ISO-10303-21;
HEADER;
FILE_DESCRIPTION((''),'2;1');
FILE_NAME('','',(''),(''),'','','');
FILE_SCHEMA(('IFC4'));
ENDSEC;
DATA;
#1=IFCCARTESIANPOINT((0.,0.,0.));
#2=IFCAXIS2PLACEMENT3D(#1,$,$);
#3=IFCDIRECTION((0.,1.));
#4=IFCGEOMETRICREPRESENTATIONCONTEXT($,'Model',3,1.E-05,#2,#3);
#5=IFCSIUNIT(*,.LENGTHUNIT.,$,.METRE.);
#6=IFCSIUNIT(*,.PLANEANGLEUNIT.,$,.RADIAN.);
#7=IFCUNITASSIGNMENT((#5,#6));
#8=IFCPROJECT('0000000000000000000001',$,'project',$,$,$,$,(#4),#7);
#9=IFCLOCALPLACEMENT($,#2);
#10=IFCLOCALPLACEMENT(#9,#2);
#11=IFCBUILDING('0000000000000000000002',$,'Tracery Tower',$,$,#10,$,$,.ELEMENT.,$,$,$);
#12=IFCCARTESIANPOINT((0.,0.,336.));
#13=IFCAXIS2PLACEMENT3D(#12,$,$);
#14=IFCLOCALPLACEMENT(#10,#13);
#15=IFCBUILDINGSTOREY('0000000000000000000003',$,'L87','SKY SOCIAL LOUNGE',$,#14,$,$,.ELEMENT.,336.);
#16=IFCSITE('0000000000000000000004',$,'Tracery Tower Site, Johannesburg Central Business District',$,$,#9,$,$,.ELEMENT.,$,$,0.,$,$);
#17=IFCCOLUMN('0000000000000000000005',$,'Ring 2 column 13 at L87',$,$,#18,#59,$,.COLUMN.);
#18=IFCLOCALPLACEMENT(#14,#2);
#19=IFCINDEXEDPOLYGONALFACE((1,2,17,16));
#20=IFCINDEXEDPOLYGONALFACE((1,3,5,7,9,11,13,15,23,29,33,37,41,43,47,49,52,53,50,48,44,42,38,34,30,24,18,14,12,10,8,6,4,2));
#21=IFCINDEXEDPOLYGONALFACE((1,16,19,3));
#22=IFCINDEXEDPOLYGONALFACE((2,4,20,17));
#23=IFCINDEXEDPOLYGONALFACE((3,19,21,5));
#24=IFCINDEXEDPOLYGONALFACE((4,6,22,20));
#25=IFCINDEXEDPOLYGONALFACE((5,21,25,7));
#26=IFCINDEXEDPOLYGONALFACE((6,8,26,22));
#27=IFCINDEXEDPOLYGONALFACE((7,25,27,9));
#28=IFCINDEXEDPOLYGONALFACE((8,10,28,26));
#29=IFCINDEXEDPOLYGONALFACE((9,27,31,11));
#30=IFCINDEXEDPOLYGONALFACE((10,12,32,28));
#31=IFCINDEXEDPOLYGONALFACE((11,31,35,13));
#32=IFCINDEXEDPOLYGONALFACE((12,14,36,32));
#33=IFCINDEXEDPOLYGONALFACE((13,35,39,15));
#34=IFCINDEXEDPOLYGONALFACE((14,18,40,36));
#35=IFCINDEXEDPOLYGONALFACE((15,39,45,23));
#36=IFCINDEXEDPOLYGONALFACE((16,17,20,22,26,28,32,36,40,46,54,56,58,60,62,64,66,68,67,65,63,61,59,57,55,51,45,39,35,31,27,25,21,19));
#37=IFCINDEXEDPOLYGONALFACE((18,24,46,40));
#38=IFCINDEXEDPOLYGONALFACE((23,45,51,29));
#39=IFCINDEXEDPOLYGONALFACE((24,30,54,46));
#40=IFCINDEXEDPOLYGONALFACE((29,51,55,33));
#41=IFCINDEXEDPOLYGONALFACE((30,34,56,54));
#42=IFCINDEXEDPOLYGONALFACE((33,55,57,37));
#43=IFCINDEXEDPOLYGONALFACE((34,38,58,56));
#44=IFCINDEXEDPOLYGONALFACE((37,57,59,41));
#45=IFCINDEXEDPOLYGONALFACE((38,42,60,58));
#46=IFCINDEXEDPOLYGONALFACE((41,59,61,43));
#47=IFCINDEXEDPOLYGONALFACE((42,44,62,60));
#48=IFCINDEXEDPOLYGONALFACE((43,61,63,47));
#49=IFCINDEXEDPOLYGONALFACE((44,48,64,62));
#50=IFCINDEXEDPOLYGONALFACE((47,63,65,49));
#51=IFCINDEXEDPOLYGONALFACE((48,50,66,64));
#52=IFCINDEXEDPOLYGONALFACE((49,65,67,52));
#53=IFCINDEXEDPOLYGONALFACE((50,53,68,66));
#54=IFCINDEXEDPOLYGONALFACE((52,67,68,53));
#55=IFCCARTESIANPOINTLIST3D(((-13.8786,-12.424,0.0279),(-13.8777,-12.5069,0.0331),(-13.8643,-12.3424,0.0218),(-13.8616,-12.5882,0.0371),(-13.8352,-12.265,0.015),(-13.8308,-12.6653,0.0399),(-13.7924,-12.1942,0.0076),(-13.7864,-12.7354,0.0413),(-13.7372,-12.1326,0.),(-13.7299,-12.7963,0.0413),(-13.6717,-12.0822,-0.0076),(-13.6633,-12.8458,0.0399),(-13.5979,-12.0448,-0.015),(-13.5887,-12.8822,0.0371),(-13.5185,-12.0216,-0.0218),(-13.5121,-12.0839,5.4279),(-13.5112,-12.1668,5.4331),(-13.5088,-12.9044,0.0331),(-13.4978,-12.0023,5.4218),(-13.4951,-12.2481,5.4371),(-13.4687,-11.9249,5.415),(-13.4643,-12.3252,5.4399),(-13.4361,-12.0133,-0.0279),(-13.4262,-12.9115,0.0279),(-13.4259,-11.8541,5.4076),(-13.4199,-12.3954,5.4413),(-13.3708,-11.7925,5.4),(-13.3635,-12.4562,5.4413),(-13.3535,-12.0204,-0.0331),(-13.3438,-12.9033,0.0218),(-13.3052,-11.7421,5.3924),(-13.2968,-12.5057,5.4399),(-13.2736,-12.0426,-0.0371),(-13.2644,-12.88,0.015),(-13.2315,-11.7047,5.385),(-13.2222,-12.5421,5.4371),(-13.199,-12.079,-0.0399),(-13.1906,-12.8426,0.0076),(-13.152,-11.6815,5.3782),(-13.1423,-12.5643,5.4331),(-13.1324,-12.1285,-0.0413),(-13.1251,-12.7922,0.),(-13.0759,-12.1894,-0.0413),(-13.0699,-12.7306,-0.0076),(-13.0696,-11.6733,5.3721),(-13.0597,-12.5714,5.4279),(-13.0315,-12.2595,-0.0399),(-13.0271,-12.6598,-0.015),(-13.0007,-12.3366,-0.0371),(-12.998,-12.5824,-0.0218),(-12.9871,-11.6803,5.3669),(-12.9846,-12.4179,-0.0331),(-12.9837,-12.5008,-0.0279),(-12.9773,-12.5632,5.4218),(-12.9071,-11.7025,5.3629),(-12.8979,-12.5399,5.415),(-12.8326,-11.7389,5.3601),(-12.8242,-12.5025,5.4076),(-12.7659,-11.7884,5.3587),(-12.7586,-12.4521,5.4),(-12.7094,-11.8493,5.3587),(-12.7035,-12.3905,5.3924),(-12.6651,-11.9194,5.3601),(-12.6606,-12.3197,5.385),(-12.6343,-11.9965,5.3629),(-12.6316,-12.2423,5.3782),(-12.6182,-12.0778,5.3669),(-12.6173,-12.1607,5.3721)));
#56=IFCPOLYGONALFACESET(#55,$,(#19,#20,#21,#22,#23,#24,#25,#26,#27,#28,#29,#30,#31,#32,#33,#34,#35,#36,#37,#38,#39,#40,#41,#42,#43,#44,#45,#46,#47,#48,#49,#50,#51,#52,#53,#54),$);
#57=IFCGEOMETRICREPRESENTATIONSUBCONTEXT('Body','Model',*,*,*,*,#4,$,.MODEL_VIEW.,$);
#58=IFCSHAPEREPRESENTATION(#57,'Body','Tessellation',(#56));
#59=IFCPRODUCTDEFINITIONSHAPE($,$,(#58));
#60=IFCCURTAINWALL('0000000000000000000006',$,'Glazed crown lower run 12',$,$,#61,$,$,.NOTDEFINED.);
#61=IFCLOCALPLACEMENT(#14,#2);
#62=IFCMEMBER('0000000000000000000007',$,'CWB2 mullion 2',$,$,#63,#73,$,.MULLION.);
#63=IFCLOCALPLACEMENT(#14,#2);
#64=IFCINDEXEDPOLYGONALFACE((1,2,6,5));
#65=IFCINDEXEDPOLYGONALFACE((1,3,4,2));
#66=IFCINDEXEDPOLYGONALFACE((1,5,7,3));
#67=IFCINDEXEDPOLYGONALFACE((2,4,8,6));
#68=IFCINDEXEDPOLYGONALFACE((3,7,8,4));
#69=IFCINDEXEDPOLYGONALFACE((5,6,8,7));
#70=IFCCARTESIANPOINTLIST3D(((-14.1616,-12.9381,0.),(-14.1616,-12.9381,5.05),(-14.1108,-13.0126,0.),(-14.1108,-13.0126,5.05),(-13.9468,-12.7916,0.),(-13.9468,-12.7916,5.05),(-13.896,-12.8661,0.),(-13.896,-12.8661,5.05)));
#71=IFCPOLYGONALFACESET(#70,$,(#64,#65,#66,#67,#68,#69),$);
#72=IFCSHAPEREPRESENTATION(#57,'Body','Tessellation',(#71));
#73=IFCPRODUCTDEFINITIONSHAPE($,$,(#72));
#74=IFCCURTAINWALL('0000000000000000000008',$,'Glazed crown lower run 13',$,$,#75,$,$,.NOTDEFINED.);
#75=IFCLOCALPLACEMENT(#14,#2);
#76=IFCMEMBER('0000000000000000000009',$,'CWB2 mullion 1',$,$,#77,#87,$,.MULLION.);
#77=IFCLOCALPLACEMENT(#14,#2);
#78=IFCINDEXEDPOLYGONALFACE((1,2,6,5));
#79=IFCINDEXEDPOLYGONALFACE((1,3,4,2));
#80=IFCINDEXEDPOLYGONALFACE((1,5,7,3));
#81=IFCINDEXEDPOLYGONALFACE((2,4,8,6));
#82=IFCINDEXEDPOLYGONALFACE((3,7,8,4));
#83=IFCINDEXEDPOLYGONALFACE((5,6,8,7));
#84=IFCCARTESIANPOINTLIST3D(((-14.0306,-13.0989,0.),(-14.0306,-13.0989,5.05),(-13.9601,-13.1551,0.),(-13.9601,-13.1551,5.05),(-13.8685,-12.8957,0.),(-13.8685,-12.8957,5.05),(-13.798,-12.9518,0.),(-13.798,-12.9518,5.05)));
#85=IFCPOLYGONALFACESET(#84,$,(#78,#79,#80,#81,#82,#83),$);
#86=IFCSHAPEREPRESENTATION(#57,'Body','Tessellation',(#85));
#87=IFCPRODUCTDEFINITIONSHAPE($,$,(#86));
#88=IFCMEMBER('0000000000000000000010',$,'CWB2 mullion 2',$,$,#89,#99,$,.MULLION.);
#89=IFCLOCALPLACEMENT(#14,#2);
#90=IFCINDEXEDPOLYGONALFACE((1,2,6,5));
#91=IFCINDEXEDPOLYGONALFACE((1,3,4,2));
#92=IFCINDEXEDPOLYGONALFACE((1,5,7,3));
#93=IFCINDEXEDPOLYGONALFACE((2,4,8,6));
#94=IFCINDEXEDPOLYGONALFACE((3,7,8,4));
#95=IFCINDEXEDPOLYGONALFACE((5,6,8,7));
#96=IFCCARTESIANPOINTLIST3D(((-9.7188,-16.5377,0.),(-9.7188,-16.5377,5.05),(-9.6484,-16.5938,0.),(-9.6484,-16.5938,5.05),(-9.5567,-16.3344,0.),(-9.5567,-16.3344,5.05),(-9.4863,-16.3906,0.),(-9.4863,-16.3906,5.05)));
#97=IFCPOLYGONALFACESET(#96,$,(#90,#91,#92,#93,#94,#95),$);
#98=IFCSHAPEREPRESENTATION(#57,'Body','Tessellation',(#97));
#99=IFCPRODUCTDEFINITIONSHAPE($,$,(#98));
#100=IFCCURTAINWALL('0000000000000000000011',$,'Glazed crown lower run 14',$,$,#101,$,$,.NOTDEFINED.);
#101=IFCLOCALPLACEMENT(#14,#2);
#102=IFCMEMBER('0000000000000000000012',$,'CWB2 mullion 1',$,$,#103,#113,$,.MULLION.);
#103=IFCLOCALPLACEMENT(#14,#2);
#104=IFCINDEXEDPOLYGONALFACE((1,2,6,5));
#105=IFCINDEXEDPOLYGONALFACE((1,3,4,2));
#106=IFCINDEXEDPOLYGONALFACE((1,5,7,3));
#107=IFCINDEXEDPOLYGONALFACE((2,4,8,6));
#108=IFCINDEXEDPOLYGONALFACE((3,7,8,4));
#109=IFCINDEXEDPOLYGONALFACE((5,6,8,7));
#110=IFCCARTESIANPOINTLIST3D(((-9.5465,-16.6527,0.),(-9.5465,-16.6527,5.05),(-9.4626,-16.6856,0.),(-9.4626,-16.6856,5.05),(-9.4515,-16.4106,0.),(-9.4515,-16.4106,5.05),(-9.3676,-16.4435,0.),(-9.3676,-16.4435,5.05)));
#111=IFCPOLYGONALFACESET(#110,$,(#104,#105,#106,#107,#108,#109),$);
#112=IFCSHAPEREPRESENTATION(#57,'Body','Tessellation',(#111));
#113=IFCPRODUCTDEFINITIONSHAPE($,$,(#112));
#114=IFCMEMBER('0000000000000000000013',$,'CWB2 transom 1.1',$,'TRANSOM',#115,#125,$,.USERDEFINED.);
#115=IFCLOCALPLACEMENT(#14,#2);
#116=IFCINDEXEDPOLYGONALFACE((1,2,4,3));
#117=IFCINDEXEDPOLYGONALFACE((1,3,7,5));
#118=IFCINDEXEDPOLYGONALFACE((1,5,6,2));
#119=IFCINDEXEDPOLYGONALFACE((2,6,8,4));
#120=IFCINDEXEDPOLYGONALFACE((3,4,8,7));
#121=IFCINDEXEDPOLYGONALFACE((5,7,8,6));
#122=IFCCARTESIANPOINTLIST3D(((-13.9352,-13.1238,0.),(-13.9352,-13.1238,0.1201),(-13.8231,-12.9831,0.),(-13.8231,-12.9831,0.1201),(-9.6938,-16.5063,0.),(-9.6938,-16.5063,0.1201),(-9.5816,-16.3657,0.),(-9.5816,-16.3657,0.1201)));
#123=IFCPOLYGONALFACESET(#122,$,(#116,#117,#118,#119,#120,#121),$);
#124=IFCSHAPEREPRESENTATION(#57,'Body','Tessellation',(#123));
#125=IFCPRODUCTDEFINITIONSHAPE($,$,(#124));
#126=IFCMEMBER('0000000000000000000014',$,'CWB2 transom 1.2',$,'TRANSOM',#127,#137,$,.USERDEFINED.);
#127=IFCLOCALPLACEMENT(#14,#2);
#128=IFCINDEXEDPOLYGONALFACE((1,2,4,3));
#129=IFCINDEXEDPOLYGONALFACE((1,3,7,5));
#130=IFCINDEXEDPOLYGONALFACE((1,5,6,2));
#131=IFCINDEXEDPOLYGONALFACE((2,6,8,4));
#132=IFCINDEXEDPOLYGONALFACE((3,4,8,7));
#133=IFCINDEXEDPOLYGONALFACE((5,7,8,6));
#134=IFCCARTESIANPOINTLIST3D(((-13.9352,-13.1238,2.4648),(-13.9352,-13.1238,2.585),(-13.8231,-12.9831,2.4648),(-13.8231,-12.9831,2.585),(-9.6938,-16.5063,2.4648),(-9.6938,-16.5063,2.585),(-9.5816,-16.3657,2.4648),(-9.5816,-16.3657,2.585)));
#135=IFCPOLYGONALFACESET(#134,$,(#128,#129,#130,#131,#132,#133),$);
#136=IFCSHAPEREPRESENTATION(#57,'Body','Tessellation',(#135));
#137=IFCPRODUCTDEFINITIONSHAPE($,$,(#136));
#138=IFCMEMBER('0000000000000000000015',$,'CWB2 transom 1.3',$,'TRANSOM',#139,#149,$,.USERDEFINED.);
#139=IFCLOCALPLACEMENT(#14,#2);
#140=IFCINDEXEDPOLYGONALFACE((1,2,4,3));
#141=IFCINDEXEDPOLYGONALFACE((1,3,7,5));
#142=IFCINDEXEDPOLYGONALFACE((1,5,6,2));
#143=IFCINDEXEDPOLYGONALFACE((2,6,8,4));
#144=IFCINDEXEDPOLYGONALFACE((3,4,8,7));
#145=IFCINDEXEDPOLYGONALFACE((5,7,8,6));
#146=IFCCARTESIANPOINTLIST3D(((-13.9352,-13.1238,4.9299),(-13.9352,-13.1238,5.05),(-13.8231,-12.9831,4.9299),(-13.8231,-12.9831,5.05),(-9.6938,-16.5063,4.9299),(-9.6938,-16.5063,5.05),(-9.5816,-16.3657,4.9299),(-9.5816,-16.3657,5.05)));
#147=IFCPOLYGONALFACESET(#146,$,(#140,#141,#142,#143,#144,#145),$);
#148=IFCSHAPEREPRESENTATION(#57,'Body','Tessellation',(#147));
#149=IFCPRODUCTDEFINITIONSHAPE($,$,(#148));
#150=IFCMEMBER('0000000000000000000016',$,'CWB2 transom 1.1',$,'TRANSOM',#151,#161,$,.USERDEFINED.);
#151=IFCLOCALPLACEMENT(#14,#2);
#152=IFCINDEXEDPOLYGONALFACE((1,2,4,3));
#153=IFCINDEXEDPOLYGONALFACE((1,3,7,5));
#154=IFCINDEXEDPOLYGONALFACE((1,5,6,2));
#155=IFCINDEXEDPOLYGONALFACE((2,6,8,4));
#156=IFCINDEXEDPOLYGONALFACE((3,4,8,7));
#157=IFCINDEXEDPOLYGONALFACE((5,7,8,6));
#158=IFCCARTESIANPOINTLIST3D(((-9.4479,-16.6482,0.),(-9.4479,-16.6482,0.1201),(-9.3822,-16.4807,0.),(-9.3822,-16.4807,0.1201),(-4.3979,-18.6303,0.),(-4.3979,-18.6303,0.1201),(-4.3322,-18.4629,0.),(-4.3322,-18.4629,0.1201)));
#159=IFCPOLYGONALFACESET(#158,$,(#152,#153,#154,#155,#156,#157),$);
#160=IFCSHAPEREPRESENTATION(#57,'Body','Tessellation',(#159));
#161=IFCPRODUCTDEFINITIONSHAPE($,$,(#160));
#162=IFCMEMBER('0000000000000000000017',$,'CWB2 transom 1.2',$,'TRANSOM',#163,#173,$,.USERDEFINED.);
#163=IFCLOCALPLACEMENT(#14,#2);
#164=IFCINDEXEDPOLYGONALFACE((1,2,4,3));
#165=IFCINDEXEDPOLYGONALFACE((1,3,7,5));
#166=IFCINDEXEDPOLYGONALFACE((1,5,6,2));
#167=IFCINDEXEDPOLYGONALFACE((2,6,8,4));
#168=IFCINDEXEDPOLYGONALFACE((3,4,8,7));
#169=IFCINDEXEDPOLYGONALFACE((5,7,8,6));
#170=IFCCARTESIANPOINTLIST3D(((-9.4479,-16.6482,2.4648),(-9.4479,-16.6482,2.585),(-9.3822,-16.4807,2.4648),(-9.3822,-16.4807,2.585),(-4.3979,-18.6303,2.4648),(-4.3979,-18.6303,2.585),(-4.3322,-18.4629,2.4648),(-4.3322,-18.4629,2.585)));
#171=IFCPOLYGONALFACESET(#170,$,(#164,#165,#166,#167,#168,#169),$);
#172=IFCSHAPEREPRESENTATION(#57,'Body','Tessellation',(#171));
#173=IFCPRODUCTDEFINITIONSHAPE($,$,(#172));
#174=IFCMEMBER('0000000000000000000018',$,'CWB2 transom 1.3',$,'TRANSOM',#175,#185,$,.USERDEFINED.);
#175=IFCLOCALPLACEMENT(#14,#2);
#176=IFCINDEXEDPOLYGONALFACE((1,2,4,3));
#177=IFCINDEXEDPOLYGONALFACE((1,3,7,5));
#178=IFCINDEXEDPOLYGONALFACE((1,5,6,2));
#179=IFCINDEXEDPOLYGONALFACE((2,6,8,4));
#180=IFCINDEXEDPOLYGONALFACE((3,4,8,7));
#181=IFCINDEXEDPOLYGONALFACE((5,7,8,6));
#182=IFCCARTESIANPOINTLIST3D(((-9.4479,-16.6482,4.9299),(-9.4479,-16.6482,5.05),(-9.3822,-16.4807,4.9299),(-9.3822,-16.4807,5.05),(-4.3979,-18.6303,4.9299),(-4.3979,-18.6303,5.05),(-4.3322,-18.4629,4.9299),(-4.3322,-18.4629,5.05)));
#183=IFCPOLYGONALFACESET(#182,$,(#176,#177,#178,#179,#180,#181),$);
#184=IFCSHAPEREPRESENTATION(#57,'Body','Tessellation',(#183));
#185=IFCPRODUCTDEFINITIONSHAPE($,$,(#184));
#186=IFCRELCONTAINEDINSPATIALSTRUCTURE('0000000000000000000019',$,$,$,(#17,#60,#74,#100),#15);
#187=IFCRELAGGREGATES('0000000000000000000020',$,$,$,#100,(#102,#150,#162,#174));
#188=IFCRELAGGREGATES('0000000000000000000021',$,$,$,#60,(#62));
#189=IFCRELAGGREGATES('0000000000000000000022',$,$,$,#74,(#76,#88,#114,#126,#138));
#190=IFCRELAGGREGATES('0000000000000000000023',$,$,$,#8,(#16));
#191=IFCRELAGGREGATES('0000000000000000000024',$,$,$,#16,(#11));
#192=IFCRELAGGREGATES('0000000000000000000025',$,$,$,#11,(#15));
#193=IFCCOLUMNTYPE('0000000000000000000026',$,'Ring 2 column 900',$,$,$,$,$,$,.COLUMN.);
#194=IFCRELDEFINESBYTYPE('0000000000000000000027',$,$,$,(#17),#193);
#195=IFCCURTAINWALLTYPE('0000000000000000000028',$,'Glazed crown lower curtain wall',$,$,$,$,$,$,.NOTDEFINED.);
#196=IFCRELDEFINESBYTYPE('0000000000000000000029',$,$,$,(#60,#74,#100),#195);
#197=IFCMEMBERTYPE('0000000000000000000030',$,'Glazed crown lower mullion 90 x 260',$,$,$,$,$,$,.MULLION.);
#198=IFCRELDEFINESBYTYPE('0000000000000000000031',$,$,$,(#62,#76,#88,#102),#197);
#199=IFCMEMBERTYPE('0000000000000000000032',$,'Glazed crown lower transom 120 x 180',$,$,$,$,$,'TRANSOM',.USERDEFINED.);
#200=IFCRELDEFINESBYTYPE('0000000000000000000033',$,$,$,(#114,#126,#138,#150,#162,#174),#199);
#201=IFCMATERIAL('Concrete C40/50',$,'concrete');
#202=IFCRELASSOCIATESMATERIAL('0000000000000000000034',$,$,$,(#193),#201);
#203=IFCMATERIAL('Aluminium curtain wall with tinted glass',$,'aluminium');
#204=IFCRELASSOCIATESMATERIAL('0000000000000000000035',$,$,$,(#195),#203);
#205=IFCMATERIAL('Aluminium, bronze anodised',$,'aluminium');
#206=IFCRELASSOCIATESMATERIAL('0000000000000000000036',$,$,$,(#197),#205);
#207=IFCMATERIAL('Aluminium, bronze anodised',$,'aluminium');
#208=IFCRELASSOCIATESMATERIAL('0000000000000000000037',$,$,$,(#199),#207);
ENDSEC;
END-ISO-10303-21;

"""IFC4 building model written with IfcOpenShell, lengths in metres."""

from ifc_helpers import new_model, si_unit, direction, frame, origin, origin_2d, place, context, subcontext, project, spatial, rectangle, circle, extrude, material, material_profile, profile_set, type_object, element, aggregate, save


model = new_model("IFC4")

# Units and contexts
model_context = context("Model", 3, precision=1e-05, world=origin(), true_north=direction((0.0, 1.0)))
body_context = subcontext(model_context, "Body", "Model", "MODEL_VIEW")
ifc_project = project(units=[si_unit("LENGTHUNIT", "METRE"), si_unit("PLANEANGLEUNIT", "RADIAN")], contexts=[model_context])

# Site, building, storey
site_placement = place(None, origin())
site = spatial("IfcSite", under=ifc_project, at=site_placement, Name="Tracery Tower Site, Johannesburg Central Business District", CompositionType="ELEMENT", RefElevation=0.0)
building_placement = place(site_placement, origin())
building = spatial("IfcBuilding", under=site, at=building_placement, Name="Tracery Tower", CompositionType="ELEMENT")
storey_placement = place(building_placement, frame((0.0, 0.0, 336.0)))
storey = spatial("IfcBuildingStorey", under=building, at=storey_placement, Name="L87", Description="SKY SOCIAL LOUNGE", CompositionType="ELEMENT", Elevation=336.0)

# Column
ifc_material_1 = material(Name="Concrete C40/50", Category="concrete")
ifc_material_profile_1 = material_profile(ifc_material_1, circle(Radius=0.45, at=origin_2d()), Name="RC D900")
ifc_profile_set_1 = profile_set([ifc_material_profile_1], Name="Concrete C40/50")
column_type = type_object("IfcColumnType", Name="Ring 2 column 900", PredefinedType="COLUMN", material=ifc_profile_set_1)
column_placement = place(storey_placement, frame((-13.4312, -12.4624, 0.0), z_axis=(0.067574, 0.062712, 0.995741), x_axis=(-0.680245, 0.732985, 0.0)))
element("IfcColumn", 1, at=column_placement, inside=storey, type_object=column_type, Name="Ring 2 column 13 at L87", PredefinedType="COLUMN", context=body_context, shape_type="SweptSolid", body=[
    extrude(circle(Radius=0.45, at=origin_2d()), origin(), (0.0, 0.0, 1.0), 5.4231),
])

# Curtain wall, member
ifc_material_2 = material(Name="Aluminium curtain wall with tinted glass", Category="aluminium")
curtain_wall_type = type_object("IfcCurtainWallType", Name="Glazed crown lower curtain wall", PredefinedType="NOTDEFINED", material=ifc_material_2)
curtain_wall_1_placement = place(storey_placement, origin())
curtain_wall_1 = element("IfcCurtainWall", 2, at=curtain_wall_1_placement, inside=storey, type_object=curtain_wall_type, Name="Glazed crown lower run 12", PredefinedType="NOTDEFINED")
ifc_material_3 = material(Name="Aluminium, bronze anodised", Category="aluminium")
ifc_material_profile_2 = material_profile(ifc_material_3, rectangle(XDim=0.26, YDim=0.0901, at=origin_2d()), Name="Glazed crown lower mullion 90 x 260")
ifc_profile_set_2 = profile_set([ifc_material_profile_2], Name="Aluminium, bronze anodised")
member_type_1 = type_object("IfcMemberType", Name="Glazed crown lower mullion 90 x 260", PredefinedType="MULLION", material=ifc_profile_set_2)
member_1_placement = place(storey_placement, frame((-14.0288, -12.9021, 0.0), z_axis=(0.0, 0.0, 1.0), x_axis=(0.826233, 0.563329, 0.0)))
member_1 = element("IfcMember", 3, at=member_1_placement, type_object=member_type_1, Name="CWB2 mullion 2", PredefinedType="MULLION", context=body_context, shape_type="SweptSolid", body=[
    extrude(rectangle(XDim=0.26, YDim=0.0901, at=origin_2d()), origin(), (0.0, 0.0, 1.0), 5.05),
])

# Curtain wall, members
curtain_wall_2_placement = place(storey_placement, origin())
curtain_wall_2 = element("IfcCurtainWall", 4, at=curtain_wall_2_placement, inside=storey, type_object=curtain_wall_type, Name="Glazed crown lower run 13", PredefinedType="NOTDEFINED")
member_2_placement = place(storey_placement, frame((-13.9143, -13.0254, 0.0), z_axis=(0.0, 0.0, 1.0), x_axis=(0.623502, 0.781822, 0.0)))
member_2 = element("IfcMember", 5, at=member_2_placement, type_object=member_type_1, Name="CWB2 mullion 1", PredefinedType="MULLION", context=body_context, shape_type="SweptSolid", body=[
    extrude(rectangle(XDim=0.26, YDim=0.0901, at=origin_2d()), origin(), (0.0, 0.0, 1.0), 5.05),
])
member_3_placement = place(storey_placement, frame((-9.6025, -16.4641, 0.0), z_axis=(0.0, 0.0, 1.0), x_axis=(0.623502, 0.781822, 0.0)))
member_3 = element("IfcMember", 6, at=member_3_placement, type_object=member_type_1, Name="CWB2 mullion 2", PredefinedType="MULLION", context=body_context, shape_type="SweptSolid", body=[
    extrude(rectangle(XDim=0.26, YDim=0.0901, at=origin_2d()), origin(), (0.0, 0.0, 1.0), 5.05),
])

# Curtain wall, member
curtain_wall_3_placement = place(storey_placement, origin())
curtain_wall_3 = element("IfcCurtainWall", 7, at=curtain_wall_3_placement, inside=storey, type_object=curtain_wall_type, Name="Glazed crown lower run 14", PredefinedType="NOTDEFINED")
member_4_placement = place(storey_placement, frame((-9.457, -16.5481, 0.0), z_axis=(0.0, 0.0, 1.0), x_axis=(0.365342, 0.930874, 0.0)))
member_4 = element("IfcMember", 8, at=member_4_placement, type_object=member_type_1, Name="CWB2 mullion 1", PredefinedType="MULLION", context=body_context, shape_type="SweptSolid", body=[
    extrude(rectangle(XDim=0.26, YDim=0.0901, at=origin_2d()), origin(), (0.0, 0.0, 1.0), 5.05),
])

# Members
ifc_material_4 = material(Name="Aluminium, bronze anodised", Category="aluminium")
ifc_material_profile_3 = material_profile(ifc_material_4, rectangle(XDim=0.1799, YDim=0.1201, at=origin_2d()), Name="Glazed crown lower transom 120 x 180")
ifc_profile_set_3 = profile_set([ifc_material_profile_3], Name="Aluminium, bronze anodised")
member_type_2 = type_object("IfcMemberType", Name="Glazed crown lower transom 120 x 180", ElementType="TRANSOM", PredefinedType="USERDEFINED", material=ifc_profile_set_3)
member_5_placement = place(storey_placement, frame((-13.8792, -13.0535, 0.0601), z_axis=(0.781821, -0.623503, 0.0), x_axis=(0.623503, 0.781821, 0.0)))
member_5 = element("IfcMember", 9, at=member_5_placement, type_object=member_type_2, Name="CWB2 transom 1.1", ObjectType="TRANSOM", PredefinedType="USERDEFINED", context=body_context, shape_type="SweptSolid", body=[
    extrude(rectangle(XDim=0.1799, YDim=0.1201, at=origin_2d()), origin(), (0.0, 0.0, 1.0), 5.425),
])
member_6_placement = place(storey_placement, frame((-13.8792, -13.0535, 2.5249), z_axis=(0.781821, -0.623503, 0.0), x_axis=(0.623503, 0.781821, 0.0)))
member_6 = element("IfcMember", 10, at=member_6_placement, type_object=member_type_2, Name="CWB2 transom 1.2", ObjectType="TRANSOM", PredefinedType="USERDEFINED", context=body_context, shape_type="SweptSolid", body=[
    extrude(rectangle(XDim=0.1799, YDim=0.1201, at=origin_2d()), origin(), (0.0, 0.0, 1.0), 5.425),
])
member_7_placement = place(storey_placement, frame((-13.8792, -13.0535, 4.99), z_axis=(0.781821, -0.623503, 0.0), x_axis=(0.623503, 0.781821, 0.0)))
member_7 = element("IfcMember", 11, at=member_7_placement, type_object=member_type_2, Name="CWB2 transom 1.3", ObjectType="TRANSOM", PredefinedType="USERDEFINED", context=body_context, shape_type="SweptSolid", body=[
    extrude(rectangle(XDim=0.1799, YDim=0.1201, at=origin_2d()), origin(), (0.0, 0.0, 1.0), 5.425),
])
member_8_placement = place(storey_placement, frame((-9.415, -16.5645, 0.0601), z_axis=(0.930862, -0.36537, 0.0), x_axis=(0.36537, 0.930862, 0.0)))
member_8 = element("IfcMember", 12, at=member_8_placement, type_object=member_type_2, Name="CWB2 transom 1.1", ObjectType="TRANSOM", PredefinedType="USERDEFINED", context=body_context, shape_type="SweptSolid", body=[
    extrude(rectangle(XDim=0.1799, YDim=0.1201, at=origin_2d()), origin(), (0.0, 0.0, 1.0), 5.425),
])
member_9_placement = place(storey_placement, frame((-9.415, -16.5645, 2.5249), z_axis=(0.930862, -0.36537, 0.0), x_axis=(0.36537, 0.930862, 0.0)))
member_9 = element("IfcMember", 13, at=member_9_placement, type_object=member_type_2, Name="CWB2 transom 1.2", ObjectType="TRANSOM", PredefinedType="USERDEFINED", context=body_context, shape_type="SweptSolid", body=[
    extrude(rectangle(XDim=0.1799, YDim=0.1201, at=origin_2d()), origin(), (0.0, 0.0, 1.0), 5.425),
])
member_10_placement = place(storey_placement, frame((-9.415, -16.5645, 4.99), z_axis=(0.930862, -0.36537, 0.0), x_axis=(0.36537, 0.930862, 0.0)))
member_10 = element("IfcMember", 14, at=member_10_placement, type_object=member_type_2, Name="CWB2 transom 1.3", ObjectType="TRANSOM", PredefinedType="USERDEFINED", context=body_context, shape_type="SweptSolid", body=[
    extrude(rectangle(XDim=0.1799, YDim=0.1201, at=origin_2d()), origin(), (0.0, 0.0, 1.0), 5.425),
])
aggregate(curtain_wall_3, [member_4, member_8, member_9, member_10])

aggregate(curtain_wall_1, [member_1])
aggregate(curtain_wall_2, [member_2, member_3, member_5, member_6, member_7])

save(model, "model.ifc")
